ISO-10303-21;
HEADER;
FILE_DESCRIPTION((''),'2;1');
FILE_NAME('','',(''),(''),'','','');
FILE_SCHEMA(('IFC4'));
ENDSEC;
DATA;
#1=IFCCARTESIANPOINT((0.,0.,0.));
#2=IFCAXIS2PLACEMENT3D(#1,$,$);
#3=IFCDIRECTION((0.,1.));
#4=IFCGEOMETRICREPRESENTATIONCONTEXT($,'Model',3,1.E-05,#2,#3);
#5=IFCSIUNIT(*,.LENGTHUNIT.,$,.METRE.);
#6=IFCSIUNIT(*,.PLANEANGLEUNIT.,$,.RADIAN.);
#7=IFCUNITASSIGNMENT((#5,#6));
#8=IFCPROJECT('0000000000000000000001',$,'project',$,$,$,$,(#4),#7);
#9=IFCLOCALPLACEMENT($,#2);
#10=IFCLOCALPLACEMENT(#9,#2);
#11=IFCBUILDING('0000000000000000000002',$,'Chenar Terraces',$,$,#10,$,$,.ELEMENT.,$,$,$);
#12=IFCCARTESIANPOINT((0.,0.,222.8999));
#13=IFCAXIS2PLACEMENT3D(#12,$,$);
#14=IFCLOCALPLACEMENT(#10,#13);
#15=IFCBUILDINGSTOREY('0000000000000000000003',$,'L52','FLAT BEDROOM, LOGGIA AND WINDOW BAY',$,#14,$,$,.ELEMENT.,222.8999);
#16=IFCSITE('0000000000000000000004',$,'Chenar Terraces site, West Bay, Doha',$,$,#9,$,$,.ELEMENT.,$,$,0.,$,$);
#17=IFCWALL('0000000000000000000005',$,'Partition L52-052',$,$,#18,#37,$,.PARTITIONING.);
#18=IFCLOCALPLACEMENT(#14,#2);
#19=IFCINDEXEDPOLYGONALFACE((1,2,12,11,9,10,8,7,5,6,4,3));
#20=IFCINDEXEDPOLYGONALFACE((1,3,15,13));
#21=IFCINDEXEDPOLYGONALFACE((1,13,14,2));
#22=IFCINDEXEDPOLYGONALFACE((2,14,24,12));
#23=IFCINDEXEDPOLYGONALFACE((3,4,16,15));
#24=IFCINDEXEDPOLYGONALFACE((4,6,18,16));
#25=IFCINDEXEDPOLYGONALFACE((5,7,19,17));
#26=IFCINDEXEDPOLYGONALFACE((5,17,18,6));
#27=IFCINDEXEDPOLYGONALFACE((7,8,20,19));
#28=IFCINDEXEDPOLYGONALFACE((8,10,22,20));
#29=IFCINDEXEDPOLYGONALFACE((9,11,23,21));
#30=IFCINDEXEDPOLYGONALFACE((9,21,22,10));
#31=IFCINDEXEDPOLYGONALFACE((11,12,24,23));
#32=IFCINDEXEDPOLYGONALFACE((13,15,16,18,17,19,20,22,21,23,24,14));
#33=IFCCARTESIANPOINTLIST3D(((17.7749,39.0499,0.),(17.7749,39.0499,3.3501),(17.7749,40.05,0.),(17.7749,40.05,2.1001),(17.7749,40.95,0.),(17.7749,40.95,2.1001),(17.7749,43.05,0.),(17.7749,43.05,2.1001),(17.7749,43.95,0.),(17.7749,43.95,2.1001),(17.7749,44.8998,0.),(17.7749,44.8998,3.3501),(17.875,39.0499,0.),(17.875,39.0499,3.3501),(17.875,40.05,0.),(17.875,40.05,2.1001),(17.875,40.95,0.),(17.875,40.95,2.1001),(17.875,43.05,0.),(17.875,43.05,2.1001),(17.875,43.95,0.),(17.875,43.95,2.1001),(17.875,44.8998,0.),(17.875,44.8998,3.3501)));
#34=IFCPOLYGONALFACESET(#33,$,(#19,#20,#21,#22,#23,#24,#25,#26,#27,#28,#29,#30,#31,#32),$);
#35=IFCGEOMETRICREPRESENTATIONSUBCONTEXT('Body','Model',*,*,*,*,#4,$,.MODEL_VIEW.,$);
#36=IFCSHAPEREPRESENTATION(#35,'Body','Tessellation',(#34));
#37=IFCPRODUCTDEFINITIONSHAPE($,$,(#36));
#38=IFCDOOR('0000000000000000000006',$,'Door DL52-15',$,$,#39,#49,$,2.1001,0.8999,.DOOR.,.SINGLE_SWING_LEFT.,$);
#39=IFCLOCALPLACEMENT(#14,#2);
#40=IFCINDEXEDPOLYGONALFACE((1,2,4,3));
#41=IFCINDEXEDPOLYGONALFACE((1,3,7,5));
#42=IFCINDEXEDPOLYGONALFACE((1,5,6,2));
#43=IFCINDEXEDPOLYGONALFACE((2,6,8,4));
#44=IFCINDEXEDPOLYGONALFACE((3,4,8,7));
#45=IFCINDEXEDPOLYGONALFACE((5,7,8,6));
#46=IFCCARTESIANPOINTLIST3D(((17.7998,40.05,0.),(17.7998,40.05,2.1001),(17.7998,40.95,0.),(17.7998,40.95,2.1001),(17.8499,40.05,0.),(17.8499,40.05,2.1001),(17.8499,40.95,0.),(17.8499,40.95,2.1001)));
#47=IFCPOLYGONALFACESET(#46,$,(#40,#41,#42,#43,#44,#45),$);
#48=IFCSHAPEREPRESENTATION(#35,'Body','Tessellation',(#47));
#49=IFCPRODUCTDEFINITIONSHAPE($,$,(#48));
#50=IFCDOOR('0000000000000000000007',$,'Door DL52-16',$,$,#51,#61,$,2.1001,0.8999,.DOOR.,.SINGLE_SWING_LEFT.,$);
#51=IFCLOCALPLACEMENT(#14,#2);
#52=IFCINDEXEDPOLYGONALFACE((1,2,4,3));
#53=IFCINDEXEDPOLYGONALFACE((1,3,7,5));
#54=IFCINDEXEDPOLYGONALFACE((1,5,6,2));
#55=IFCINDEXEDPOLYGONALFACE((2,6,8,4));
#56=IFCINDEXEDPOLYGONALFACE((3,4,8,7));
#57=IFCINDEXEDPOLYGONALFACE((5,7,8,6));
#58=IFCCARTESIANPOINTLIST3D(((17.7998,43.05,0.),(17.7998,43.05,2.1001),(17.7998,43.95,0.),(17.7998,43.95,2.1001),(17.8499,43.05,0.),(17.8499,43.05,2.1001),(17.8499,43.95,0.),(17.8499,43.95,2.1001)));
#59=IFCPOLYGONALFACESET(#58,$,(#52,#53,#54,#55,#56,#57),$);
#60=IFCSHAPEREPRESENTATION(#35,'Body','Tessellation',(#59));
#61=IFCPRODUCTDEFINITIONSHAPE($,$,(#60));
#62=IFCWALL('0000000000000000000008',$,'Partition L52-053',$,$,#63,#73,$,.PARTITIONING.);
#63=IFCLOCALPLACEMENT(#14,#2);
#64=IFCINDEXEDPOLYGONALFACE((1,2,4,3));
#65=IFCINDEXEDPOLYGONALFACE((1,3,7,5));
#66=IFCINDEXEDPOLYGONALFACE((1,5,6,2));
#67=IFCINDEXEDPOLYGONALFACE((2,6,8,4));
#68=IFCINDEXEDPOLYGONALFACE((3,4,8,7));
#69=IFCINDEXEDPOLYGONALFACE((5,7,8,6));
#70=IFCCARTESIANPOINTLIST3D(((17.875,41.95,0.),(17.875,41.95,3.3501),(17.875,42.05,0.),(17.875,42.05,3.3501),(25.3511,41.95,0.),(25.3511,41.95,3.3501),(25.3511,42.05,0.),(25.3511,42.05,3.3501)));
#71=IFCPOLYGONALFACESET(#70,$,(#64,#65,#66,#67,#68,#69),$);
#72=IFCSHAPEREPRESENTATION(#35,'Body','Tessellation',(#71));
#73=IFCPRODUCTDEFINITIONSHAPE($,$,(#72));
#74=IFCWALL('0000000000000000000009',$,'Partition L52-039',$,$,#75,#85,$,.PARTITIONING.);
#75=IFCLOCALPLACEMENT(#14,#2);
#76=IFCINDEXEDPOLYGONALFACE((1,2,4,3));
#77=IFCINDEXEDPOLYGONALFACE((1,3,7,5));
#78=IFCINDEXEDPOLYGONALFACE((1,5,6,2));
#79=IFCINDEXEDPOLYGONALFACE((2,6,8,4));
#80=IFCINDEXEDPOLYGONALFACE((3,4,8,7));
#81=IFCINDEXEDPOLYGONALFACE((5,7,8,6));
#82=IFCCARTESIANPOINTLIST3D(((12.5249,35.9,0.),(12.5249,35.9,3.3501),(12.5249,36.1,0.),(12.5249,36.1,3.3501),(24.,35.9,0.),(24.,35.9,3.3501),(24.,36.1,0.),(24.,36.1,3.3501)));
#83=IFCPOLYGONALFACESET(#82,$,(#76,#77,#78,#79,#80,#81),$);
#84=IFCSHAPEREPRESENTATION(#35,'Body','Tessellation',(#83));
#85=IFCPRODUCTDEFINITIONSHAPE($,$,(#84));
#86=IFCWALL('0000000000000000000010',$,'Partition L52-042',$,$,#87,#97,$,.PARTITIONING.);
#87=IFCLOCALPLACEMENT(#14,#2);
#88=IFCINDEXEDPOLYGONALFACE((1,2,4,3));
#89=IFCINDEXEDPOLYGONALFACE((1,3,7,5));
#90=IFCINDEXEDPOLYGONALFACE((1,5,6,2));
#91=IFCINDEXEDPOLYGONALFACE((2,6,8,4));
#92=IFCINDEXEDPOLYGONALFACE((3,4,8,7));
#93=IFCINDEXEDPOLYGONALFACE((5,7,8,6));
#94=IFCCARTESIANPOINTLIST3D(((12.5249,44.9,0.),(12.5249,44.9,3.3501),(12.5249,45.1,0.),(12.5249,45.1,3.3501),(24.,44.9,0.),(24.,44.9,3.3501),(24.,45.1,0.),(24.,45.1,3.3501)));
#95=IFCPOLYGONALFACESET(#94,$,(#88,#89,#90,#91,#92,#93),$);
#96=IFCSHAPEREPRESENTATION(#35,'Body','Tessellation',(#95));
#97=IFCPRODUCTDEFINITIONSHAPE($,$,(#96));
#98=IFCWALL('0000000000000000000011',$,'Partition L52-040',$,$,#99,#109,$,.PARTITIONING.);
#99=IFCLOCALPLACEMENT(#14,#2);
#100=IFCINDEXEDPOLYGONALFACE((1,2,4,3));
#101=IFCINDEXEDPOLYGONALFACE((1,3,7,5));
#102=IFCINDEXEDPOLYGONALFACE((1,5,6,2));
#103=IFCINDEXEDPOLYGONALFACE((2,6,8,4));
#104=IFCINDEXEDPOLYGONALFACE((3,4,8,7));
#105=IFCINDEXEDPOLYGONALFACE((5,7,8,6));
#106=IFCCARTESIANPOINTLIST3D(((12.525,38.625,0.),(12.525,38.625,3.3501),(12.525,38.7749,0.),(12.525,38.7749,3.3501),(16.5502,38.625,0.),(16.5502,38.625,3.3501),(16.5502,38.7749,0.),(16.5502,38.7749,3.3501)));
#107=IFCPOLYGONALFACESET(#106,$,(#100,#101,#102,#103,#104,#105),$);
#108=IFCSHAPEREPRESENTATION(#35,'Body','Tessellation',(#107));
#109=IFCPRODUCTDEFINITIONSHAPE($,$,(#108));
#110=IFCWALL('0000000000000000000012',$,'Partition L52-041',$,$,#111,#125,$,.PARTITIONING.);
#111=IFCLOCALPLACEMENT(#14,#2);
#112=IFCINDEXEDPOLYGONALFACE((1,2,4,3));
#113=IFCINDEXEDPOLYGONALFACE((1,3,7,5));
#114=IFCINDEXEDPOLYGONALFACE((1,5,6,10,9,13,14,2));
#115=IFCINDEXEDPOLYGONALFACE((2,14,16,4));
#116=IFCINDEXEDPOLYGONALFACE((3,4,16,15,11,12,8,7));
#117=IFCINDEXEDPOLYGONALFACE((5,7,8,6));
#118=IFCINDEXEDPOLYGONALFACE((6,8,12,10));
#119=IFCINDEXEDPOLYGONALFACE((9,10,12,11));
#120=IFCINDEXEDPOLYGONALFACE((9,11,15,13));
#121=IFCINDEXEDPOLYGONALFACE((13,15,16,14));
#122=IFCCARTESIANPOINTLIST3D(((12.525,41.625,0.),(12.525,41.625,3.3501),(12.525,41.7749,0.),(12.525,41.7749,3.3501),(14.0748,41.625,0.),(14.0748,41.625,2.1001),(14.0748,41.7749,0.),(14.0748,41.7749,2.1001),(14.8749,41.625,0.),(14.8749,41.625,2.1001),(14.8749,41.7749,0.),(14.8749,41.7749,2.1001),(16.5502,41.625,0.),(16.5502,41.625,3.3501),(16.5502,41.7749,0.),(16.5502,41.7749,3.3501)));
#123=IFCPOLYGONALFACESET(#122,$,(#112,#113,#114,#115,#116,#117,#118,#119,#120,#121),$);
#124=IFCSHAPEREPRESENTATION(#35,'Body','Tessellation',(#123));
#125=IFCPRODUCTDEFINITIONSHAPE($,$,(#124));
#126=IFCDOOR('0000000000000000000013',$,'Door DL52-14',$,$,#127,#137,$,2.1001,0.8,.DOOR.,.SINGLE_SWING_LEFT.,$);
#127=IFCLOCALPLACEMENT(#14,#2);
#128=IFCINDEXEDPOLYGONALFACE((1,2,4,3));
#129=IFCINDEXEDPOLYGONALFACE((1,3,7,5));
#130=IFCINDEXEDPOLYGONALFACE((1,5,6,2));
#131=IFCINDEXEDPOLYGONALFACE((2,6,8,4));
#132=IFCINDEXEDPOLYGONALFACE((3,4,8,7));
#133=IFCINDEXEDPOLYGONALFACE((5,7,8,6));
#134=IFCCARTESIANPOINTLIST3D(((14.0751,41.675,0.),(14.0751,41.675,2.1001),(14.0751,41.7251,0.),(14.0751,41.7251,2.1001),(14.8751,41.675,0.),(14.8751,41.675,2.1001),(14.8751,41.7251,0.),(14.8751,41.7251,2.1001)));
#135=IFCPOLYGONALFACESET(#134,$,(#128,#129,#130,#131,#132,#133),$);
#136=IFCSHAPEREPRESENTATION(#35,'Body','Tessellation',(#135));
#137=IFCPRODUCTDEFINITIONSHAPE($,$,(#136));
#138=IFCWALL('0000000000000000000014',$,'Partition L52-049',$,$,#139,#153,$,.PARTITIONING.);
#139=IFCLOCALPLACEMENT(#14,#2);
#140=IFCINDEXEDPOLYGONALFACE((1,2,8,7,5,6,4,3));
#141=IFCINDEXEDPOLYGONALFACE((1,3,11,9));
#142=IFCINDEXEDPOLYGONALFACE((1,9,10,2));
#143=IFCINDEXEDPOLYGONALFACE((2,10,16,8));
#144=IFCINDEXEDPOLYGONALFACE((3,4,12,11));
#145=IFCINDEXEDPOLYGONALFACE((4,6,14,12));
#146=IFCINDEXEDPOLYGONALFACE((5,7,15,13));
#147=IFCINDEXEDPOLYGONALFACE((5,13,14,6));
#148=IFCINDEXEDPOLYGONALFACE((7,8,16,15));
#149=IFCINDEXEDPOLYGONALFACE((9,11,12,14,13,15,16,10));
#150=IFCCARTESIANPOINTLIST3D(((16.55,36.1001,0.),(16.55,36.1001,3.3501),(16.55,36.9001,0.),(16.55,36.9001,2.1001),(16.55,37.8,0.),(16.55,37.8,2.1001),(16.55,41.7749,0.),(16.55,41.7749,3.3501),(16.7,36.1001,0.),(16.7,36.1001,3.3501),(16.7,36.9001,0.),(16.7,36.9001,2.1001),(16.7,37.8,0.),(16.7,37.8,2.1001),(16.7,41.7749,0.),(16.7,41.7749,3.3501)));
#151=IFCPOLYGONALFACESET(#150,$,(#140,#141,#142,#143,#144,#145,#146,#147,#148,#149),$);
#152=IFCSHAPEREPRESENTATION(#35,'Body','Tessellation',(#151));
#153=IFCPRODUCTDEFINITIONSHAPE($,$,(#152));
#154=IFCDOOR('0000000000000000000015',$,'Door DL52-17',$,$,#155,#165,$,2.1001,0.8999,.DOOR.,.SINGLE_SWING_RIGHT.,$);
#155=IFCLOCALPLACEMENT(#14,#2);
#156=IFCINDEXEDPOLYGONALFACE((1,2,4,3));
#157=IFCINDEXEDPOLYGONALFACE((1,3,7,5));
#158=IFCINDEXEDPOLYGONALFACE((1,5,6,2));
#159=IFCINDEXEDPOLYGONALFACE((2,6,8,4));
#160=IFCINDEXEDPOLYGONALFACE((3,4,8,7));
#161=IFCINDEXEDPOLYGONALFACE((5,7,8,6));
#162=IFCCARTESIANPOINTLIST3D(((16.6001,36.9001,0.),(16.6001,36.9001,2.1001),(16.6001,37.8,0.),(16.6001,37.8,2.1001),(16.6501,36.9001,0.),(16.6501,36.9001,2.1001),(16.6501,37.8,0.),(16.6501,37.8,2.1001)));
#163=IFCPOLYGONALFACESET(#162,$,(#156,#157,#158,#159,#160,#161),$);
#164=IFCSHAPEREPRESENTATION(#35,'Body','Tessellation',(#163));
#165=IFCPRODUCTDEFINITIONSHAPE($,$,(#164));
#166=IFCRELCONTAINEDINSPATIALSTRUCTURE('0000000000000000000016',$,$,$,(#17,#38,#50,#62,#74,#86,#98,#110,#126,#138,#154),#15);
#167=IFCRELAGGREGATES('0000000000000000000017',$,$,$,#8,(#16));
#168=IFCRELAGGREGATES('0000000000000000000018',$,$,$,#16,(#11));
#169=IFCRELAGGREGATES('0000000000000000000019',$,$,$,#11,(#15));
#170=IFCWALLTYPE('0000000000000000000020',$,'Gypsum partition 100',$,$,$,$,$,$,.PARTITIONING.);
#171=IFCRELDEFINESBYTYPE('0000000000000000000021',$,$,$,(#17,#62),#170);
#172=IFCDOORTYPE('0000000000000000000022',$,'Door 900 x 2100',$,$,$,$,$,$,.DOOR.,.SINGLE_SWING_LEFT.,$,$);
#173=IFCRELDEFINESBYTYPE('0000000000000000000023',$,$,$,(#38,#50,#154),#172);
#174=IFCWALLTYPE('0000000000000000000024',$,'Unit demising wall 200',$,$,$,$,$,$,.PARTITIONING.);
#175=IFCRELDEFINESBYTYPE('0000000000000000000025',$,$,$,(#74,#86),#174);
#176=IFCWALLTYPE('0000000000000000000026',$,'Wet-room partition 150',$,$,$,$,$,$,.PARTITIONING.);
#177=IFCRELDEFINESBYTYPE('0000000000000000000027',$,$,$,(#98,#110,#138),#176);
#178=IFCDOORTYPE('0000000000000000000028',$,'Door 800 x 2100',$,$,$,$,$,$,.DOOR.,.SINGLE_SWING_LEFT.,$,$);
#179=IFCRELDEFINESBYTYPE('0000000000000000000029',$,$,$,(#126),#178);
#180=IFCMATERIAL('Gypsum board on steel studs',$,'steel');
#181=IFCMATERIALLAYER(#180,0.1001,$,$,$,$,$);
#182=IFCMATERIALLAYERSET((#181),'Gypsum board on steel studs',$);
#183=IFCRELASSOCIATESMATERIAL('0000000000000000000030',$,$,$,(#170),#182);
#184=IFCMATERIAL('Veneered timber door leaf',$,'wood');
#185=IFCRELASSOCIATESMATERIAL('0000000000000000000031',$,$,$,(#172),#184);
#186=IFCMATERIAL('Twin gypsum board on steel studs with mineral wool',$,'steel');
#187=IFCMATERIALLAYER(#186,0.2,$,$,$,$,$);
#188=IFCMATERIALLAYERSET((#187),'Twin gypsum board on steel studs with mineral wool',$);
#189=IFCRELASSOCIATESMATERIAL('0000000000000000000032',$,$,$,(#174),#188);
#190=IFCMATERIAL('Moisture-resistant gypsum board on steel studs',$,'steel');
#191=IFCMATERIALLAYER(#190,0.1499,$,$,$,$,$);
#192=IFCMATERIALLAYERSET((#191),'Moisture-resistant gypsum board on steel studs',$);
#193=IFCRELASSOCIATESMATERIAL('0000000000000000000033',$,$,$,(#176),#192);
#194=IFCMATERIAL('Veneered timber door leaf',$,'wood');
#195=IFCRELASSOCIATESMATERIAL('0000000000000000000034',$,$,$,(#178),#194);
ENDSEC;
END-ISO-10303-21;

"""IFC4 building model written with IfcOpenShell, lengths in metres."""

from ifc_helpers import new_model, si_unit, direction, frame, frame_2d, origin, place, context, subcontext, project, spatial, rectangle, extrude, material, layer, layer_set, type_object, element, fill, save


model = new_model("IFC4")

# Units and contexts
model_context = context("Model", 3, precision=1e-05, world=origin(), true_north=direction((0.0, 1.0)))
body_context = subcontext(model_context, "Body", "Model", "MODEL_VIEW")
ifc_project = project(units=[si_unit("LENGTHUNIT", "METRE"), si_unit("PLANEANGLEUNIT", "RADIAN")], contexts=[model_context])

# Site, building, storey
site_placement = place(None, origin())
site = spatial("IfcSite", under=ifc_project, at=site_placement, Name="Chenar Terraces site, West Bay, Doha", CompositionType="ELEMENT", RefElevation=0.0)
building_placement = place(site_placement, origin())
building = spatial("IfcBuilding", under=site, at=building_placement, Name="Chenar Terraces", CompositionType="ELEMENT")
storey_placement = place(building_placement, frame((0.0, 0.0, 222.8999)))
storey = spatial("IfcBuildingStorey", under=building, at=storey_placement, Name="L52", Description="FLAT BEDROOM, LOGGIA AND WINDOW BAY", CompositionType="ELEMENT", Elevation=222.8999)

# Shared definitions
ifc_material_1 = material(Name="Gypsum board on steel studs", Category="steel")
ifc_layer_1 = layer(ifc_material_1, 0.1001)
ifc_layer_set_1 = layer_set([ifc_layer_1], Name="Gypsum board on steel studs")
wall_type_1 = type_object("IfcWallType", Name="Gypsum partition 100", PredefinedType="PARTITIONING", material=ifc_layer_set_1)

# Wall, openings, doors
wall_1_placement = place(storey_placement, frame((17.825, 39.05, 0.0), z_axis=(0.0, 0.0, 1.0), x_axis=(0.0, 1.0, 0.0)))
wall_1 = element("IfcWall", 1, at=wall_1_placement, inside=storey, type_object=wall_type_1, Name="Partition L52-052", PredefinedType="PARTITIONING", context=body_context, shape_type="SweptSolid", body=[
    extrude(rectangle(XDim=5.8499, YDim=0.1001, at=frame_2d((2.9248, 0.0))), origin(), (0.0, 0.0, 1.0), 3.3501),
])
opening_1_placement = place(wall_1_placement, frame((1.0, 0.0, 0.0)))
opening_1 = element("IfcOpeningElement", 2, at=opening_1_placement, cuts=wall_1, PredefinedType="OPENING", context=body_context, shape_type="SweptSolid", body=[
    extrude(rectangle(XDim=0.8999, YDim=2.1001, at=frame_2d((0.45, 1.05))), frame((0.0, 0.0601, 0.0), z_axis=(0.0, -1.0, 0.0), x_axis=(1.0, 0.0, 0.0)), (0.0, 0.0, 1.0), 0.1201),
])
opening_2_placement = place(wall_1_placement, frame((4.0, 0.0, 0.0)))
opening_2 = element("IfcOpeningElement", 3, at=opening_2_placement, cuts=wall_1, PredefinedType="OPENING", context=body_context, shape_type="SweptSolid", body=[
    extrude(rectangle(XDim=0.8999, YDim=2.1001, at=frame_2d((0.45, 1.05))), frame((0.0, 0.0601, 0.0), z_axis=(0.0, -1.0, 0.0), x_axis=(1.0, 0.0, 0.0)), (0.0, 0.0, 1.0), 0.1201),
])
ifc_material_2 = material(Name="Veneered timber door leaf", Category="wood")
door_type_1 = type_object("IfcDoorType", Name="Door 900 x 2100", OperationType="SINGLE_SWING_LEFT", PredefinedType="DOOR", material=ifc_material_2)
door_1_placement = place(opening_1_placement, frame((0.8999, 0.0, 0.0), z_axis=(0.0, 0.0, 1.0), x_axis=(-1.0, 0.0, 0.0)))
door_1 = element("IfcDoor", 4, at=door_1_placement, inside=storey, type_object=door_type_1, Name="Door DL52-15", OperationType="SINGLE_SWING_LEFT", OverallHeight=2.1001, OverallWidth=0.8999, PredefinedType="DOOR", context=body_context, shape_type="SweptSolid", body=[
    extrude(rectangle(XDim=0.8999, YDim=2.1001, at=frame_2d((0.45, 1.05))), frame((0.0, 0.0249, 0.0), z_axis=(0.0, -1.0, 0.0), x_axis=(1.0, 0.0, 0.0)), (0.0, 0.0, 1.0), 0.05),
])
fill(opening_1, door_1)
door_2_placement = place(opening_2_placement, frame((0.8999, 0.0, 0.0), z_axis=(0.0, 0.0, 1.0), x_axis=(-1.0, 0.0, 0.0)))
door_2 = element("IfcDoor", 5, at=door_2_placement, inside=storey, type_object=door_type_1, Name="Door DL52-16", OperationType="SINGLE_SWING_LEFT", OverallHeight=2.1001, OverallWidth=0.8999, PredefinedType="DOOR", context=body_context, shape_type="SweptSolid", body=[
    extrude(rectangle(XDim=0.8999, YDim=2.1001, at=frame_2d((0.45, 1.05))), frame((0.0, 0.0249, 0.0), z_axis=(0.0, -1.0, 0.0), x_axis=(1.0, 0.0, 0.0)), (0.0, 0.0, 1.0), 0.05),
])
fill(opening_2, door_2)

# Walls
wall_2_placement = place(storey_placement, frame((17.875, 42.0, 0.0), z_axis=(0.0, 0.0, 1.0), x_axis=(1.0, 0.0, 0.0)))
element("IfcWall", 6, at=wall_2_placement, inside=storey, type_object=wall_type_1, Name="Partition L52-053", PredefinedType="PARTITIONING", context=body_context, shape_type="SweptSolid", body=[
    extrude(rectangle(XDim=7.4761, YDim=0.1001, at=frame_2d((3.738, 0.0))), origin(), (0.0, 0.0, 1.0), 3.3501),
])
ifc_material_3 = material(Name="Twin gypsum board on steel studs with mineral wool", Category="steel")
ifc_layer_2 = layer(ifc_material_3, 0.2)
ifc_layer_set_2 = layer_set([ifc_layer_2], Name="Twin gypsum board on steel studs with mineral wool")
wall_type_2 = type_object("IfcWallType", Name="Unit demising wall 200", PredefinedType="PARTITIONING", material=ifc_layer_set_2)
for number, where, z_axis, x_axis, name in (
    (7, (12.5249, 36.0, 0.0), (0.0, 0.0, 1.0), (1.0, 0.0, 0.0), "Partition L52-039"),
    (8, (12.5249, 45.0, 0.0), (0.0, 0.0, 1.0), (1.0, 0.0, 0.0), "Partition L52-042"),
):
    element("IfcWall", number, at=place(storey_placement, frame(where, z_axis=z_axis, x_axis=x_axis)), inside=storey, type_object=wall_type_2, Name=name, PredefinedType="PARTITIONING", context=body_context, shape_type="SweptSolid", body=[
        extrude(rectangle(XDim=11.4751, YDim=0.2, at=frame_2d((5.7375, 0.0))), origin(), (0.0, 0.0, 1.0), 3.3501),
    ])
ifc_material_4 = material(Name="Moisture-resistant gypsum board on steel studs", Category="steel")
ifc_layer_3 = layer(ifc_material_4, 0.1499)
ifc_layer_set_3 = layer_set([ifc_layer_3], Name="Moisture-resistant gypsum board on steel studs")
wall_type_3 = type_object("IfcWallType", Name="Wet-room partition 150", PredefinedType="PARTITIONING", material=ifc_layer_set_3)
wall_3_placement = place(storey_placement, frame((12.5249, 38.7, 0.0), z_axis=(0.0, 0.0, 1.0), x_axis=(1.0, 0.0, 0.0)))
element("IfcWall", 9, at=wall_3_placement, inside=storey, type_object=wall_type_3, Name="Partition L52-040", PredefinedType="PARTITIONING", context=body_context, shape_type="SweptSolid", body=[
    extrude(rectangle(XDim=4.0251, YDim=0.1499, at=frame_2d((2.0127, 0.0))), origin(), (0.0, 0.0, 1.0), 3.3501),
])

# Walls, openings, doors
wall_4_placement = place(storey_placement, frame((12.5249, 41.7, 0.0), z_axis=(0.0, 0.0, 1.0), x_axis=(1.0, 0.0, 0.0)))
wall_4 = element("IfcWall", 10, at=wall_4_placement, inside=storey, type_object=wall_type_3, Name="Partition L52-041", PredefinedType="PARTITIONING", context=body_context, shape_type="SweptSolid", body=[
    extrude(rectangle(XDim=4.0251, YDim=0.1499, at=frame_2d((2.0127, 0.0))), origin(), (0.0, 0.0, 1.0), 3.3501),
])
opening_3_placement = place(wall_4_placement, frame((1.55, 0.0, 0.0)))
opening_3 = element("IfcOpeningElement", 11, at=opening_3_placement, cuts=wall_4, PredefinedType="OPENING", context=body_context, shape_type="SweptSolid", body=[
    extrude(rectangle(XDim=0.8, YDim=2.1001, at=frame_2d((0.3999, 1.05))), frame((0.0, 0.085, 0.0), z_axis=(0.0, -1.0, 0.0), x_axis=(1.0, 0.0, 0.0)), (0.0, 0.0, 1.0), 0.1699),
])
ifc_material_5 = material(Name="Veneered timber door leaf", Category="wood")
door_type_2 = type_object("IfcDoorType", Name="Door 800 x 2100", OperationType="SINGLE_SWING_LEFT", PredefinedType="DOOR", material=ifc_material_5)
door_3_placement = place(opening_3_placement, frame((0.8, 0.0, 0.0), z_axis=(0.0, 0.0, 1.0), x_axis=(-1.0, 0.0, 0.0)))
door_3 = element("IfcDoor", 12, at=door_3_placement, inside=storey, type_object=door_type_2, Name="Door DL52-14", OperationType="SINGLE_SWING_LEFT", OverallHeight=2.1001, OverallWidth=0.8, PredefinedType="DOOR", context=body_context, shape_type="SweptSolid", body=[
    extrude(rectangle(XDim=0.8, YDim=2.1001, at=frame_2d((0.3999, 1.05))), frame((0.0, 0.0249, 0.0), z_axis=(0.0, -1.0, 0.0), x_axis=(1.0, 0.0, 0.0)), (0.0, 0.0, 1.0), 0.05),
])
fill(opening_3, door_3)
wall_5_placement = place(storey_placement, frame((16.625, 36.1001, 0.0), z_axis=(0.0, 0.0, 1.0), x_axis=(0.0, 1.0, 0.0)))
wall_5 = element("IfcWall", 13, at=wall_5_placement, inside=storey, type_object=wall_type_3, Name="Partition L52-049", PredefinedType="PARTITIONING", context=body_context, shape_type="SweptSolid", body=[
    extrude(rectangle(XDim=5.6748, YDim=0.1499, at=frame_2d((2.8374, 0.0))), origin(), (0.0, 0.0, 1.0), 3.3501),
])
opening_4_placement = place(wall_5_placement, frame((0.8, 0.0, 0.0)))
opening_4 = element("IfcOpeningElement", 14, at=opening_4_placement, cuts=wall_5, PredefinedType="OPENING", context=body_context, shape_type="SweptSolid", body=[
    extrude(rectangle(XDim=0.8999, YDim=2.1001, at=frame_2d((0.45, 1.05))), frame((0.0, 0.085, 0.0), z_axis=(0.0, -1.0, 0.0), x_axis=(1.0, 0.0, 0.0)), (0.0, 0.0, 1.0), 0.1699),
])
door_4_placement = place(opening_4_placement, origin())
door_4 = element("IfcDoor", 15, at=door_4_placement, inside=storey, type_object=door_type_1, Name="Door DL52-17", OperationType="SINGLE_SWING_RIGHT", OverallHeight=2.1001, OverallWidth=0.8999, PredefinedType="DOOR", context=body_context, shape_type="SweptSolid", body=[
    extrude(rectangle(XDim=0.8999, YDim=2.1001, at=frame_2d((0.45, 1.05))), frame((0.0, 0.0249, 0.0), z_axis=(0.0, -1.0, 0.0), x_axis=(1.0, 0.0, 0.0)), (0.0, 0.0, 1.0), 0.05),
])
fill(opening_4, door_4)

save(model, "model.ifc")
